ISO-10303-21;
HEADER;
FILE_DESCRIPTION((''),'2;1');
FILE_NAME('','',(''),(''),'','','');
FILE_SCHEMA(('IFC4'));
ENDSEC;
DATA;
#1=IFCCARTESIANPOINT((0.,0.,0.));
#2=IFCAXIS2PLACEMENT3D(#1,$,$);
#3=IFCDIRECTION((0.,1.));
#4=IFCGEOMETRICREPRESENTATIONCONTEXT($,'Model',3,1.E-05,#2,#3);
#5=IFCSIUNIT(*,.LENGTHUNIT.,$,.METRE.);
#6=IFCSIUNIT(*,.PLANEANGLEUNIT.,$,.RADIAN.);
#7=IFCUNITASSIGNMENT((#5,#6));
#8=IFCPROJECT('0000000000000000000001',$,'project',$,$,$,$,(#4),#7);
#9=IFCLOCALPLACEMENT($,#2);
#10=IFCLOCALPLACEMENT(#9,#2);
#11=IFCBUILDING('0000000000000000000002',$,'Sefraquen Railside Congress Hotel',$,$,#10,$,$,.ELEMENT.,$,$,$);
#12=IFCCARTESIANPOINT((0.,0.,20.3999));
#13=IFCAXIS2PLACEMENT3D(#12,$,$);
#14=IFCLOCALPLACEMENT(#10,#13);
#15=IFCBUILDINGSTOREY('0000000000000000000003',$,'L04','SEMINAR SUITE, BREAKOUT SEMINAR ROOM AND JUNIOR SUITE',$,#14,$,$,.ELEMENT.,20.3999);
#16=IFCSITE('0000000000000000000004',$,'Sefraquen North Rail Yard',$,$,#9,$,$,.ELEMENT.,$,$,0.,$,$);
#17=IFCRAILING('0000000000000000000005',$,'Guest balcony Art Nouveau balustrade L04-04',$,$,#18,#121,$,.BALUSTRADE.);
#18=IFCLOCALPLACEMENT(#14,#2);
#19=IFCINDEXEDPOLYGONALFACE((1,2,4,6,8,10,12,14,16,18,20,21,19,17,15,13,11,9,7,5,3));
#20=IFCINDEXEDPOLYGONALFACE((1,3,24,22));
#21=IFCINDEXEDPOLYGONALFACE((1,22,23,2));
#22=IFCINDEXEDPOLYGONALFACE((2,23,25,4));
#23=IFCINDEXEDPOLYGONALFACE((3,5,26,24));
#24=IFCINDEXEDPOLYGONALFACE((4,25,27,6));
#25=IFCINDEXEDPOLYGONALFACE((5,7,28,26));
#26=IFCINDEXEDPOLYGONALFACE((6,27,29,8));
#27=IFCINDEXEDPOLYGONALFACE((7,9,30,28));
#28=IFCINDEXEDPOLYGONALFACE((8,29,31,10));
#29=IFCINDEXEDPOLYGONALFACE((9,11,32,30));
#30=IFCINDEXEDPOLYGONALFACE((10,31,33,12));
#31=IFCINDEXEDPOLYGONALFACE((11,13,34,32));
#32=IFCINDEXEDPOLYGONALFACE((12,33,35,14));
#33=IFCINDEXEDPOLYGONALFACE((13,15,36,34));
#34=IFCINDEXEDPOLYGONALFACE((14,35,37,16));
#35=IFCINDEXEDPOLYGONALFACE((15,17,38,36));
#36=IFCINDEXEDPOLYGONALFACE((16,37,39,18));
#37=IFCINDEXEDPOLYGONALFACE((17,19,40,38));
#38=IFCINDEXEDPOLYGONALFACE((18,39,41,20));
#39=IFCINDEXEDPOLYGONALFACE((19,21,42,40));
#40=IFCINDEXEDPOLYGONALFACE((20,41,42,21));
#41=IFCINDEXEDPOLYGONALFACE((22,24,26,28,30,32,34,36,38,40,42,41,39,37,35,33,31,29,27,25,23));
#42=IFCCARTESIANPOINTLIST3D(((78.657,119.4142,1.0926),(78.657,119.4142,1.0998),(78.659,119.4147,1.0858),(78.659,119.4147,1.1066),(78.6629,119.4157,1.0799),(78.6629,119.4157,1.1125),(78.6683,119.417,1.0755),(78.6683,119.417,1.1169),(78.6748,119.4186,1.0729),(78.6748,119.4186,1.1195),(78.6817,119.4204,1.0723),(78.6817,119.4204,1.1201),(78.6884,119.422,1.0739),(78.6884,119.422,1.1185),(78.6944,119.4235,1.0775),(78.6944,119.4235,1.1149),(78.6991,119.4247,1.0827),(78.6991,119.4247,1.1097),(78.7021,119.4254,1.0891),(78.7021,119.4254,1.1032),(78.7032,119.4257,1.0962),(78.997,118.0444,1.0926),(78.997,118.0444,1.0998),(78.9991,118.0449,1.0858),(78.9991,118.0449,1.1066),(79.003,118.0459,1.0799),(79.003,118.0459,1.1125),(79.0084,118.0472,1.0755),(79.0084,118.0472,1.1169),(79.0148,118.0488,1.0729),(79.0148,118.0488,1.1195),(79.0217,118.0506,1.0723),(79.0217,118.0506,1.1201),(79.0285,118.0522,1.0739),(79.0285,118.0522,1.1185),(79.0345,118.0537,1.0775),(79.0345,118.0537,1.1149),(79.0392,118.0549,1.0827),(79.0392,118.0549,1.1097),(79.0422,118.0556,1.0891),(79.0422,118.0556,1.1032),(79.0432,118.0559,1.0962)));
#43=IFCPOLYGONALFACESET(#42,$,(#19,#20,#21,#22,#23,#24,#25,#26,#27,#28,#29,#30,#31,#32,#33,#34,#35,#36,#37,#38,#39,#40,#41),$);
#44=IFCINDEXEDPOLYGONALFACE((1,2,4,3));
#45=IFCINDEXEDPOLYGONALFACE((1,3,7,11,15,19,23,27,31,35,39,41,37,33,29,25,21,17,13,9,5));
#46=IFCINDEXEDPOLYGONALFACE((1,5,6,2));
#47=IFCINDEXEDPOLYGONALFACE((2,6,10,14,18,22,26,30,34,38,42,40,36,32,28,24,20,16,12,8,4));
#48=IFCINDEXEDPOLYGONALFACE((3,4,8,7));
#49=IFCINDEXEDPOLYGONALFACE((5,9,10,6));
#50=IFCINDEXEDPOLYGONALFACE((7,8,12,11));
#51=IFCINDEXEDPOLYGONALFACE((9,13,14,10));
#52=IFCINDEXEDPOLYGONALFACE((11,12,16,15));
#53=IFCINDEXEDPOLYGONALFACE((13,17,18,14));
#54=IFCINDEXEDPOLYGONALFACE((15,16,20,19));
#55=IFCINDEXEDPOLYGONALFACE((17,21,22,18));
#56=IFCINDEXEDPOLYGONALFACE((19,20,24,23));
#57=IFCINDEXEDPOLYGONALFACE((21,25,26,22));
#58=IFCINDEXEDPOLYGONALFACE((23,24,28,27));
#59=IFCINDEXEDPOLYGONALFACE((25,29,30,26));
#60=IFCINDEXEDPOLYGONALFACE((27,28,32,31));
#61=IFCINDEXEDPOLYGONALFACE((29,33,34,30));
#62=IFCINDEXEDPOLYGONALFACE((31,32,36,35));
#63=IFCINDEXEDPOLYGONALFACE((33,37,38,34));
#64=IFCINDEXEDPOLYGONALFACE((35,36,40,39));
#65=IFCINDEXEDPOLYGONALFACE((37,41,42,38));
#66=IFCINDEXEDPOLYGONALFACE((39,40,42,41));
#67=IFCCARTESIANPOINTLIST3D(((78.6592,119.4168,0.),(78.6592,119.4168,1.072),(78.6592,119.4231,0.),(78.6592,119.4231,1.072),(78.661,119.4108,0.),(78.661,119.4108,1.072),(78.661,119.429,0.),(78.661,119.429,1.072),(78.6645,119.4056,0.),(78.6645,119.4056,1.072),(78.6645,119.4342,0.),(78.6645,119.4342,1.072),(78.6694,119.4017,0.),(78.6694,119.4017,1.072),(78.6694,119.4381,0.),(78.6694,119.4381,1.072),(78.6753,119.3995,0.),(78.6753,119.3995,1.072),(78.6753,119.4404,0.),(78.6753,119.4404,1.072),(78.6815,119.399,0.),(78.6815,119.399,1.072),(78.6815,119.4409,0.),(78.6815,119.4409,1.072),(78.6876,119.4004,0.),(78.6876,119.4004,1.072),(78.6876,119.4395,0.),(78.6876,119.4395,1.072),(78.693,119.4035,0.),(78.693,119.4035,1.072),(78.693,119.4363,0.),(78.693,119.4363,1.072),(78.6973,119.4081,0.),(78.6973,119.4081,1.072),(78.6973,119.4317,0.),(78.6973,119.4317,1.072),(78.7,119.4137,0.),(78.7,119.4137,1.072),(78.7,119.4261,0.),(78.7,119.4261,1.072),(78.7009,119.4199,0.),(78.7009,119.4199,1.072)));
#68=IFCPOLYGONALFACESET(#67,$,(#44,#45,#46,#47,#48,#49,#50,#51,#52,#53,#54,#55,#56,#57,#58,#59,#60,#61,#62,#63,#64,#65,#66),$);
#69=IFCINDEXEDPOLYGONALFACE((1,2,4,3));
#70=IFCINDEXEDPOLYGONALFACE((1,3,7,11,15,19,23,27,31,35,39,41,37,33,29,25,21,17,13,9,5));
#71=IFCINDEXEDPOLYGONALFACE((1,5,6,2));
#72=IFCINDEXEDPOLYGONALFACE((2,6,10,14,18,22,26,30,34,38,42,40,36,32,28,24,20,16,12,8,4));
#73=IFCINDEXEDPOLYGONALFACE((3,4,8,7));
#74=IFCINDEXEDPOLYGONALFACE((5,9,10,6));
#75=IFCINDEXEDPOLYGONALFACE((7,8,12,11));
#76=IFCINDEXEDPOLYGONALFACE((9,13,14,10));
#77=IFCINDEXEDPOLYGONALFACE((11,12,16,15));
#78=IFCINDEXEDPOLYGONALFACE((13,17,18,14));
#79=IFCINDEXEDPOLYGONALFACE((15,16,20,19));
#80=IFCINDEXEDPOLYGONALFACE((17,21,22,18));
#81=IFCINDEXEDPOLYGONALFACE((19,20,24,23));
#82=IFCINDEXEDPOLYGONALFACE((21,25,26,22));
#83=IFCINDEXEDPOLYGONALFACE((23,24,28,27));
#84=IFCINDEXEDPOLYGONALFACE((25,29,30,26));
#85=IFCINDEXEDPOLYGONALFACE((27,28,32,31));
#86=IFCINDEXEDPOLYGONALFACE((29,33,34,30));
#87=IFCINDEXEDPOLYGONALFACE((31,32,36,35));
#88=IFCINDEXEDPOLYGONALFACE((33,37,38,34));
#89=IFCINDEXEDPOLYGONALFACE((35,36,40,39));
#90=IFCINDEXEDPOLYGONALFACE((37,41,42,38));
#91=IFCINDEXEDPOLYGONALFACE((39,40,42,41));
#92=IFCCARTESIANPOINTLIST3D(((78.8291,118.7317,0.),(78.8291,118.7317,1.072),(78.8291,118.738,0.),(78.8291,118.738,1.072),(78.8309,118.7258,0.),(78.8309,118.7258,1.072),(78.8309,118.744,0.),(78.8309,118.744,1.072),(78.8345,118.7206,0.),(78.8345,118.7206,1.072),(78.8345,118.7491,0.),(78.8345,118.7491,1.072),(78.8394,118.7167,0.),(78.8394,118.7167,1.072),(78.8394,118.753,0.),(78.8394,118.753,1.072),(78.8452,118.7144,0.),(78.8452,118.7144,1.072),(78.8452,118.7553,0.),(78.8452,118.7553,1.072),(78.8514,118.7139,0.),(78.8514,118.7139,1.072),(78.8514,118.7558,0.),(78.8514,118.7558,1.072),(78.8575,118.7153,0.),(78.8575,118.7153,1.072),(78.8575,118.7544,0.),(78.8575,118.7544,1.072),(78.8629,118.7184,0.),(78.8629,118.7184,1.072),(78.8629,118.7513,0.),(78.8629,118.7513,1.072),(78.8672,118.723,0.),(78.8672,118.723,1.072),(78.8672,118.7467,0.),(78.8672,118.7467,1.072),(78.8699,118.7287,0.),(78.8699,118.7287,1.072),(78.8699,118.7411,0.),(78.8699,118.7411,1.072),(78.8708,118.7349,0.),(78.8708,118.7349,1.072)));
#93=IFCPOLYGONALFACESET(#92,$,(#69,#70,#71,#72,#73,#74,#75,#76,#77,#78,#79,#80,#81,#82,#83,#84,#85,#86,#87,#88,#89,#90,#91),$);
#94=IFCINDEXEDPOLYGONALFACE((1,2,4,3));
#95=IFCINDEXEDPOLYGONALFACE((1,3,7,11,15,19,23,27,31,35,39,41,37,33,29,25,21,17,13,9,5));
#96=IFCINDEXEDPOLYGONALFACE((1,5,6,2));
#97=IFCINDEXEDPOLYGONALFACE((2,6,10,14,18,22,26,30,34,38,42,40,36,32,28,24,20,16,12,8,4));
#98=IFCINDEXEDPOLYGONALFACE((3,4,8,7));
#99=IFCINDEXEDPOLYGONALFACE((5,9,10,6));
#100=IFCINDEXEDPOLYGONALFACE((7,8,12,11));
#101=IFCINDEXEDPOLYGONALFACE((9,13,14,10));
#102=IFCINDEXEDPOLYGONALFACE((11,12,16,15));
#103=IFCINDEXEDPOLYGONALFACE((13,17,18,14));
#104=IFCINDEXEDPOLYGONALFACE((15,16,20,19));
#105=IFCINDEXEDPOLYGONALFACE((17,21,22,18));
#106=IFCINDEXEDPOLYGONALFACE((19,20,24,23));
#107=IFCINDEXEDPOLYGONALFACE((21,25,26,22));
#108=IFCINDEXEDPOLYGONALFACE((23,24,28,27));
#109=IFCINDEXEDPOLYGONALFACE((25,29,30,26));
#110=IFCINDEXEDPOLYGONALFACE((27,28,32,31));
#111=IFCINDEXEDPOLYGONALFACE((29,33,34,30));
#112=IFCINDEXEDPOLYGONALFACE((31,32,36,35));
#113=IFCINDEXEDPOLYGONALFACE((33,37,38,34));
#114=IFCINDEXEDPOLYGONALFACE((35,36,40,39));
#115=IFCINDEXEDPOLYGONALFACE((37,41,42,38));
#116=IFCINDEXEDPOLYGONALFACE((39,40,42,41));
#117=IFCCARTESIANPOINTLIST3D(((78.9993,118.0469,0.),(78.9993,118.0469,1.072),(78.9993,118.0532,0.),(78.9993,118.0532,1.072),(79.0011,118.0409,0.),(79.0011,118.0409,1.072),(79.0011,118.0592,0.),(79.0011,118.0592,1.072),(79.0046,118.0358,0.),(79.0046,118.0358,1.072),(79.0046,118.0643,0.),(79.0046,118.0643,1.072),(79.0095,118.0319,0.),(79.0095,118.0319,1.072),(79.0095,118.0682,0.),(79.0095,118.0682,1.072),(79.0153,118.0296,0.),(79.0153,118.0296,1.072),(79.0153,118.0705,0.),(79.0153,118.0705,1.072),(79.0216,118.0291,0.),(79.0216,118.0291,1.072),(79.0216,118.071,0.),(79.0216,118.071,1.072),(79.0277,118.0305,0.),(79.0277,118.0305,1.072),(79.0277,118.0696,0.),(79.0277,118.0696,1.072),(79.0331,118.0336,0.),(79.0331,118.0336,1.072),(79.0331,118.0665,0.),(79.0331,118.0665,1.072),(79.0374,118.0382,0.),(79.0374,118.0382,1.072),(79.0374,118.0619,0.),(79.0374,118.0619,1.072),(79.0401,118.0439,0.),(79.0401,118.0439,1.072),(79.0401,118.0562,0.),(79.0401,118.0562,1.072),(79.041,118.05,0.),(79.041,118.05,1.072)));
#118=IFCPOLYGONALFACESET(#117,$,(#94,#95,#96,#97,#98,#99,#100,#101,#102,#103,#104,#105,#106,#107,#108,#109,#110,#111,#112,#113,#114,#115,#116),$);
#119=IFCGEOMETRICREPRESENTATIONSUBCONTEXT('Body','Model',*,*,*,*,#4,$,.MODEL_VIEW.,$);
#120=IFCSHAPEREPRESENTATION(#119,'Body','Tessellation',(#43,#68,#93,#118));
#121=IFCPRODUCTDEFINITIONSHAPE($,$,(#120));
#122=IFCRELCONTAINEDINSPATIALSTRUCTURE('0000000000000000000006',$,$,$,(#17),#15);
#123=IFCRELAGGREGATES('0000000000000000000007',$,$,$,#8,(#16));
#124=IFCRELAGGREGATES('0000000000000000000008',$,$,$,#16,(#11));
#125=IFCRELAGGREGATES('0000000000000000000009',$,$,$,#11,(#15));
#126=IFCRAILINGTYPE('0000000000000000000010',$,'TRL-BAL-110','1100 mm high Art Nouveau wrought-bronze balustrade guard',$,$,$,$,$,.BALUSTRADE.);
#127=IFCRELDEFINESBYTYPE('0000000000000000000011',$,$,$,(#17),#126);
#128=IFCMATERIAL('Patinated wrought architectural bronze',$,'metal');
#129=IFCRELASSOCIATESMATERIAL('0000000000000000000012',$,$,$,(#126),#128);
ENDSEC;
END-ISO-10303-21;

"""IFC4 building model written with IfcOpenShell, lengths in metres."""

from ifc_helpers import new_model, si_unit, direction, frame, origin, origin_2d, place, context, subcontext, project, spatial, circle, extrude, material, type_object, element, save


model = new_model("IFC4")

# Units and contexts
model_context = context("Model", 3, precision=1e-05, world=origin(), true_north=direction((0.0, 1.0)))
body_context = subcontext(model_context, "Body", "Model", "MODEL_VIEW")
ifc_project = project(units=[si_unit("LENGTHUNIT", "METRE"), si_unit("PLANEANGLEUNIT", "RADIAN")], contexts=[model_context])

# Site, building, storey
site_placement = place(None, origin())
site = spatial("IfcSite", under=ifc_project, at=site_placement, Name="Sefraquen North Rail Yard", CompositionType="ELEMENT", RefElevation=0.0)
building_placement = place(site_placement, origin())
building = spatial("IfcBuilding", under=site, at=building_placement, Name="Sefraquen Railside Congress Hotel", CompositionType="ELEMENT")
storey_placement = place(building_placement, frame((0.0, 0.0, 20.3999)))
storey = spatial("IfcBuildingStorey", under=building, at=storey_placement, Name="L04", Description="SEMINAR SUITE, BREAKOUT SEMINAR ROOM AND JUNIOR SUITE", CompositionType="ELEMENT", Elevation=20.3999)

# Railing
ifc_material_1 = material(Name="Patinated wrought architectural bronze", Category="metal")
railing_type = type_object("IfcRailingType", Name="TRL-BAL-110", Description="1100 mm high Art Nouveau wrought-bronze balustrade guard", PredefinedType="BALUSTRADE", material=ifc_material_1)
railing_1_placement = place(storey_placement, frame((78.6799, 119.4199, 0.0)))
element("IfcRailing", 1, at=railing_1_placement, inside=storey, type_object=railing_type, Name="Guest balcony Art Nouveau balustrade L04-04", PredefinedType="BALUSTRADE", context=body_context, shape_type="SweptSolid", body=[
    extrude(circle(Radius=0.0239, at=origin_2d()), frame((0.0, 0.0, 1.0962), z_axis=(0.240948, -0.970538, 0.0), x_axis=(0.970538, 0.240948, 0.0)), (0.0, 0.0, 1.0), 1.4114),
    extrude(circle(Radius=0.021, at=origin_2d()), origin(), (0.0, 0.0, 1.0), 1.072),
    extrude(circle(Radius=0.021, at=origin_2d()), frame((0.1699, -0.6851, 0.0)), (0.0, 0.0, 1.0), 1.072),
    extrude(circle(Radius=0.021, at=origin_2d()), frame((0.3401, -1.3699, 0.0)), (0.0, 0.0, 1.0), 1.072),
])

save(model, "model.ifc")
